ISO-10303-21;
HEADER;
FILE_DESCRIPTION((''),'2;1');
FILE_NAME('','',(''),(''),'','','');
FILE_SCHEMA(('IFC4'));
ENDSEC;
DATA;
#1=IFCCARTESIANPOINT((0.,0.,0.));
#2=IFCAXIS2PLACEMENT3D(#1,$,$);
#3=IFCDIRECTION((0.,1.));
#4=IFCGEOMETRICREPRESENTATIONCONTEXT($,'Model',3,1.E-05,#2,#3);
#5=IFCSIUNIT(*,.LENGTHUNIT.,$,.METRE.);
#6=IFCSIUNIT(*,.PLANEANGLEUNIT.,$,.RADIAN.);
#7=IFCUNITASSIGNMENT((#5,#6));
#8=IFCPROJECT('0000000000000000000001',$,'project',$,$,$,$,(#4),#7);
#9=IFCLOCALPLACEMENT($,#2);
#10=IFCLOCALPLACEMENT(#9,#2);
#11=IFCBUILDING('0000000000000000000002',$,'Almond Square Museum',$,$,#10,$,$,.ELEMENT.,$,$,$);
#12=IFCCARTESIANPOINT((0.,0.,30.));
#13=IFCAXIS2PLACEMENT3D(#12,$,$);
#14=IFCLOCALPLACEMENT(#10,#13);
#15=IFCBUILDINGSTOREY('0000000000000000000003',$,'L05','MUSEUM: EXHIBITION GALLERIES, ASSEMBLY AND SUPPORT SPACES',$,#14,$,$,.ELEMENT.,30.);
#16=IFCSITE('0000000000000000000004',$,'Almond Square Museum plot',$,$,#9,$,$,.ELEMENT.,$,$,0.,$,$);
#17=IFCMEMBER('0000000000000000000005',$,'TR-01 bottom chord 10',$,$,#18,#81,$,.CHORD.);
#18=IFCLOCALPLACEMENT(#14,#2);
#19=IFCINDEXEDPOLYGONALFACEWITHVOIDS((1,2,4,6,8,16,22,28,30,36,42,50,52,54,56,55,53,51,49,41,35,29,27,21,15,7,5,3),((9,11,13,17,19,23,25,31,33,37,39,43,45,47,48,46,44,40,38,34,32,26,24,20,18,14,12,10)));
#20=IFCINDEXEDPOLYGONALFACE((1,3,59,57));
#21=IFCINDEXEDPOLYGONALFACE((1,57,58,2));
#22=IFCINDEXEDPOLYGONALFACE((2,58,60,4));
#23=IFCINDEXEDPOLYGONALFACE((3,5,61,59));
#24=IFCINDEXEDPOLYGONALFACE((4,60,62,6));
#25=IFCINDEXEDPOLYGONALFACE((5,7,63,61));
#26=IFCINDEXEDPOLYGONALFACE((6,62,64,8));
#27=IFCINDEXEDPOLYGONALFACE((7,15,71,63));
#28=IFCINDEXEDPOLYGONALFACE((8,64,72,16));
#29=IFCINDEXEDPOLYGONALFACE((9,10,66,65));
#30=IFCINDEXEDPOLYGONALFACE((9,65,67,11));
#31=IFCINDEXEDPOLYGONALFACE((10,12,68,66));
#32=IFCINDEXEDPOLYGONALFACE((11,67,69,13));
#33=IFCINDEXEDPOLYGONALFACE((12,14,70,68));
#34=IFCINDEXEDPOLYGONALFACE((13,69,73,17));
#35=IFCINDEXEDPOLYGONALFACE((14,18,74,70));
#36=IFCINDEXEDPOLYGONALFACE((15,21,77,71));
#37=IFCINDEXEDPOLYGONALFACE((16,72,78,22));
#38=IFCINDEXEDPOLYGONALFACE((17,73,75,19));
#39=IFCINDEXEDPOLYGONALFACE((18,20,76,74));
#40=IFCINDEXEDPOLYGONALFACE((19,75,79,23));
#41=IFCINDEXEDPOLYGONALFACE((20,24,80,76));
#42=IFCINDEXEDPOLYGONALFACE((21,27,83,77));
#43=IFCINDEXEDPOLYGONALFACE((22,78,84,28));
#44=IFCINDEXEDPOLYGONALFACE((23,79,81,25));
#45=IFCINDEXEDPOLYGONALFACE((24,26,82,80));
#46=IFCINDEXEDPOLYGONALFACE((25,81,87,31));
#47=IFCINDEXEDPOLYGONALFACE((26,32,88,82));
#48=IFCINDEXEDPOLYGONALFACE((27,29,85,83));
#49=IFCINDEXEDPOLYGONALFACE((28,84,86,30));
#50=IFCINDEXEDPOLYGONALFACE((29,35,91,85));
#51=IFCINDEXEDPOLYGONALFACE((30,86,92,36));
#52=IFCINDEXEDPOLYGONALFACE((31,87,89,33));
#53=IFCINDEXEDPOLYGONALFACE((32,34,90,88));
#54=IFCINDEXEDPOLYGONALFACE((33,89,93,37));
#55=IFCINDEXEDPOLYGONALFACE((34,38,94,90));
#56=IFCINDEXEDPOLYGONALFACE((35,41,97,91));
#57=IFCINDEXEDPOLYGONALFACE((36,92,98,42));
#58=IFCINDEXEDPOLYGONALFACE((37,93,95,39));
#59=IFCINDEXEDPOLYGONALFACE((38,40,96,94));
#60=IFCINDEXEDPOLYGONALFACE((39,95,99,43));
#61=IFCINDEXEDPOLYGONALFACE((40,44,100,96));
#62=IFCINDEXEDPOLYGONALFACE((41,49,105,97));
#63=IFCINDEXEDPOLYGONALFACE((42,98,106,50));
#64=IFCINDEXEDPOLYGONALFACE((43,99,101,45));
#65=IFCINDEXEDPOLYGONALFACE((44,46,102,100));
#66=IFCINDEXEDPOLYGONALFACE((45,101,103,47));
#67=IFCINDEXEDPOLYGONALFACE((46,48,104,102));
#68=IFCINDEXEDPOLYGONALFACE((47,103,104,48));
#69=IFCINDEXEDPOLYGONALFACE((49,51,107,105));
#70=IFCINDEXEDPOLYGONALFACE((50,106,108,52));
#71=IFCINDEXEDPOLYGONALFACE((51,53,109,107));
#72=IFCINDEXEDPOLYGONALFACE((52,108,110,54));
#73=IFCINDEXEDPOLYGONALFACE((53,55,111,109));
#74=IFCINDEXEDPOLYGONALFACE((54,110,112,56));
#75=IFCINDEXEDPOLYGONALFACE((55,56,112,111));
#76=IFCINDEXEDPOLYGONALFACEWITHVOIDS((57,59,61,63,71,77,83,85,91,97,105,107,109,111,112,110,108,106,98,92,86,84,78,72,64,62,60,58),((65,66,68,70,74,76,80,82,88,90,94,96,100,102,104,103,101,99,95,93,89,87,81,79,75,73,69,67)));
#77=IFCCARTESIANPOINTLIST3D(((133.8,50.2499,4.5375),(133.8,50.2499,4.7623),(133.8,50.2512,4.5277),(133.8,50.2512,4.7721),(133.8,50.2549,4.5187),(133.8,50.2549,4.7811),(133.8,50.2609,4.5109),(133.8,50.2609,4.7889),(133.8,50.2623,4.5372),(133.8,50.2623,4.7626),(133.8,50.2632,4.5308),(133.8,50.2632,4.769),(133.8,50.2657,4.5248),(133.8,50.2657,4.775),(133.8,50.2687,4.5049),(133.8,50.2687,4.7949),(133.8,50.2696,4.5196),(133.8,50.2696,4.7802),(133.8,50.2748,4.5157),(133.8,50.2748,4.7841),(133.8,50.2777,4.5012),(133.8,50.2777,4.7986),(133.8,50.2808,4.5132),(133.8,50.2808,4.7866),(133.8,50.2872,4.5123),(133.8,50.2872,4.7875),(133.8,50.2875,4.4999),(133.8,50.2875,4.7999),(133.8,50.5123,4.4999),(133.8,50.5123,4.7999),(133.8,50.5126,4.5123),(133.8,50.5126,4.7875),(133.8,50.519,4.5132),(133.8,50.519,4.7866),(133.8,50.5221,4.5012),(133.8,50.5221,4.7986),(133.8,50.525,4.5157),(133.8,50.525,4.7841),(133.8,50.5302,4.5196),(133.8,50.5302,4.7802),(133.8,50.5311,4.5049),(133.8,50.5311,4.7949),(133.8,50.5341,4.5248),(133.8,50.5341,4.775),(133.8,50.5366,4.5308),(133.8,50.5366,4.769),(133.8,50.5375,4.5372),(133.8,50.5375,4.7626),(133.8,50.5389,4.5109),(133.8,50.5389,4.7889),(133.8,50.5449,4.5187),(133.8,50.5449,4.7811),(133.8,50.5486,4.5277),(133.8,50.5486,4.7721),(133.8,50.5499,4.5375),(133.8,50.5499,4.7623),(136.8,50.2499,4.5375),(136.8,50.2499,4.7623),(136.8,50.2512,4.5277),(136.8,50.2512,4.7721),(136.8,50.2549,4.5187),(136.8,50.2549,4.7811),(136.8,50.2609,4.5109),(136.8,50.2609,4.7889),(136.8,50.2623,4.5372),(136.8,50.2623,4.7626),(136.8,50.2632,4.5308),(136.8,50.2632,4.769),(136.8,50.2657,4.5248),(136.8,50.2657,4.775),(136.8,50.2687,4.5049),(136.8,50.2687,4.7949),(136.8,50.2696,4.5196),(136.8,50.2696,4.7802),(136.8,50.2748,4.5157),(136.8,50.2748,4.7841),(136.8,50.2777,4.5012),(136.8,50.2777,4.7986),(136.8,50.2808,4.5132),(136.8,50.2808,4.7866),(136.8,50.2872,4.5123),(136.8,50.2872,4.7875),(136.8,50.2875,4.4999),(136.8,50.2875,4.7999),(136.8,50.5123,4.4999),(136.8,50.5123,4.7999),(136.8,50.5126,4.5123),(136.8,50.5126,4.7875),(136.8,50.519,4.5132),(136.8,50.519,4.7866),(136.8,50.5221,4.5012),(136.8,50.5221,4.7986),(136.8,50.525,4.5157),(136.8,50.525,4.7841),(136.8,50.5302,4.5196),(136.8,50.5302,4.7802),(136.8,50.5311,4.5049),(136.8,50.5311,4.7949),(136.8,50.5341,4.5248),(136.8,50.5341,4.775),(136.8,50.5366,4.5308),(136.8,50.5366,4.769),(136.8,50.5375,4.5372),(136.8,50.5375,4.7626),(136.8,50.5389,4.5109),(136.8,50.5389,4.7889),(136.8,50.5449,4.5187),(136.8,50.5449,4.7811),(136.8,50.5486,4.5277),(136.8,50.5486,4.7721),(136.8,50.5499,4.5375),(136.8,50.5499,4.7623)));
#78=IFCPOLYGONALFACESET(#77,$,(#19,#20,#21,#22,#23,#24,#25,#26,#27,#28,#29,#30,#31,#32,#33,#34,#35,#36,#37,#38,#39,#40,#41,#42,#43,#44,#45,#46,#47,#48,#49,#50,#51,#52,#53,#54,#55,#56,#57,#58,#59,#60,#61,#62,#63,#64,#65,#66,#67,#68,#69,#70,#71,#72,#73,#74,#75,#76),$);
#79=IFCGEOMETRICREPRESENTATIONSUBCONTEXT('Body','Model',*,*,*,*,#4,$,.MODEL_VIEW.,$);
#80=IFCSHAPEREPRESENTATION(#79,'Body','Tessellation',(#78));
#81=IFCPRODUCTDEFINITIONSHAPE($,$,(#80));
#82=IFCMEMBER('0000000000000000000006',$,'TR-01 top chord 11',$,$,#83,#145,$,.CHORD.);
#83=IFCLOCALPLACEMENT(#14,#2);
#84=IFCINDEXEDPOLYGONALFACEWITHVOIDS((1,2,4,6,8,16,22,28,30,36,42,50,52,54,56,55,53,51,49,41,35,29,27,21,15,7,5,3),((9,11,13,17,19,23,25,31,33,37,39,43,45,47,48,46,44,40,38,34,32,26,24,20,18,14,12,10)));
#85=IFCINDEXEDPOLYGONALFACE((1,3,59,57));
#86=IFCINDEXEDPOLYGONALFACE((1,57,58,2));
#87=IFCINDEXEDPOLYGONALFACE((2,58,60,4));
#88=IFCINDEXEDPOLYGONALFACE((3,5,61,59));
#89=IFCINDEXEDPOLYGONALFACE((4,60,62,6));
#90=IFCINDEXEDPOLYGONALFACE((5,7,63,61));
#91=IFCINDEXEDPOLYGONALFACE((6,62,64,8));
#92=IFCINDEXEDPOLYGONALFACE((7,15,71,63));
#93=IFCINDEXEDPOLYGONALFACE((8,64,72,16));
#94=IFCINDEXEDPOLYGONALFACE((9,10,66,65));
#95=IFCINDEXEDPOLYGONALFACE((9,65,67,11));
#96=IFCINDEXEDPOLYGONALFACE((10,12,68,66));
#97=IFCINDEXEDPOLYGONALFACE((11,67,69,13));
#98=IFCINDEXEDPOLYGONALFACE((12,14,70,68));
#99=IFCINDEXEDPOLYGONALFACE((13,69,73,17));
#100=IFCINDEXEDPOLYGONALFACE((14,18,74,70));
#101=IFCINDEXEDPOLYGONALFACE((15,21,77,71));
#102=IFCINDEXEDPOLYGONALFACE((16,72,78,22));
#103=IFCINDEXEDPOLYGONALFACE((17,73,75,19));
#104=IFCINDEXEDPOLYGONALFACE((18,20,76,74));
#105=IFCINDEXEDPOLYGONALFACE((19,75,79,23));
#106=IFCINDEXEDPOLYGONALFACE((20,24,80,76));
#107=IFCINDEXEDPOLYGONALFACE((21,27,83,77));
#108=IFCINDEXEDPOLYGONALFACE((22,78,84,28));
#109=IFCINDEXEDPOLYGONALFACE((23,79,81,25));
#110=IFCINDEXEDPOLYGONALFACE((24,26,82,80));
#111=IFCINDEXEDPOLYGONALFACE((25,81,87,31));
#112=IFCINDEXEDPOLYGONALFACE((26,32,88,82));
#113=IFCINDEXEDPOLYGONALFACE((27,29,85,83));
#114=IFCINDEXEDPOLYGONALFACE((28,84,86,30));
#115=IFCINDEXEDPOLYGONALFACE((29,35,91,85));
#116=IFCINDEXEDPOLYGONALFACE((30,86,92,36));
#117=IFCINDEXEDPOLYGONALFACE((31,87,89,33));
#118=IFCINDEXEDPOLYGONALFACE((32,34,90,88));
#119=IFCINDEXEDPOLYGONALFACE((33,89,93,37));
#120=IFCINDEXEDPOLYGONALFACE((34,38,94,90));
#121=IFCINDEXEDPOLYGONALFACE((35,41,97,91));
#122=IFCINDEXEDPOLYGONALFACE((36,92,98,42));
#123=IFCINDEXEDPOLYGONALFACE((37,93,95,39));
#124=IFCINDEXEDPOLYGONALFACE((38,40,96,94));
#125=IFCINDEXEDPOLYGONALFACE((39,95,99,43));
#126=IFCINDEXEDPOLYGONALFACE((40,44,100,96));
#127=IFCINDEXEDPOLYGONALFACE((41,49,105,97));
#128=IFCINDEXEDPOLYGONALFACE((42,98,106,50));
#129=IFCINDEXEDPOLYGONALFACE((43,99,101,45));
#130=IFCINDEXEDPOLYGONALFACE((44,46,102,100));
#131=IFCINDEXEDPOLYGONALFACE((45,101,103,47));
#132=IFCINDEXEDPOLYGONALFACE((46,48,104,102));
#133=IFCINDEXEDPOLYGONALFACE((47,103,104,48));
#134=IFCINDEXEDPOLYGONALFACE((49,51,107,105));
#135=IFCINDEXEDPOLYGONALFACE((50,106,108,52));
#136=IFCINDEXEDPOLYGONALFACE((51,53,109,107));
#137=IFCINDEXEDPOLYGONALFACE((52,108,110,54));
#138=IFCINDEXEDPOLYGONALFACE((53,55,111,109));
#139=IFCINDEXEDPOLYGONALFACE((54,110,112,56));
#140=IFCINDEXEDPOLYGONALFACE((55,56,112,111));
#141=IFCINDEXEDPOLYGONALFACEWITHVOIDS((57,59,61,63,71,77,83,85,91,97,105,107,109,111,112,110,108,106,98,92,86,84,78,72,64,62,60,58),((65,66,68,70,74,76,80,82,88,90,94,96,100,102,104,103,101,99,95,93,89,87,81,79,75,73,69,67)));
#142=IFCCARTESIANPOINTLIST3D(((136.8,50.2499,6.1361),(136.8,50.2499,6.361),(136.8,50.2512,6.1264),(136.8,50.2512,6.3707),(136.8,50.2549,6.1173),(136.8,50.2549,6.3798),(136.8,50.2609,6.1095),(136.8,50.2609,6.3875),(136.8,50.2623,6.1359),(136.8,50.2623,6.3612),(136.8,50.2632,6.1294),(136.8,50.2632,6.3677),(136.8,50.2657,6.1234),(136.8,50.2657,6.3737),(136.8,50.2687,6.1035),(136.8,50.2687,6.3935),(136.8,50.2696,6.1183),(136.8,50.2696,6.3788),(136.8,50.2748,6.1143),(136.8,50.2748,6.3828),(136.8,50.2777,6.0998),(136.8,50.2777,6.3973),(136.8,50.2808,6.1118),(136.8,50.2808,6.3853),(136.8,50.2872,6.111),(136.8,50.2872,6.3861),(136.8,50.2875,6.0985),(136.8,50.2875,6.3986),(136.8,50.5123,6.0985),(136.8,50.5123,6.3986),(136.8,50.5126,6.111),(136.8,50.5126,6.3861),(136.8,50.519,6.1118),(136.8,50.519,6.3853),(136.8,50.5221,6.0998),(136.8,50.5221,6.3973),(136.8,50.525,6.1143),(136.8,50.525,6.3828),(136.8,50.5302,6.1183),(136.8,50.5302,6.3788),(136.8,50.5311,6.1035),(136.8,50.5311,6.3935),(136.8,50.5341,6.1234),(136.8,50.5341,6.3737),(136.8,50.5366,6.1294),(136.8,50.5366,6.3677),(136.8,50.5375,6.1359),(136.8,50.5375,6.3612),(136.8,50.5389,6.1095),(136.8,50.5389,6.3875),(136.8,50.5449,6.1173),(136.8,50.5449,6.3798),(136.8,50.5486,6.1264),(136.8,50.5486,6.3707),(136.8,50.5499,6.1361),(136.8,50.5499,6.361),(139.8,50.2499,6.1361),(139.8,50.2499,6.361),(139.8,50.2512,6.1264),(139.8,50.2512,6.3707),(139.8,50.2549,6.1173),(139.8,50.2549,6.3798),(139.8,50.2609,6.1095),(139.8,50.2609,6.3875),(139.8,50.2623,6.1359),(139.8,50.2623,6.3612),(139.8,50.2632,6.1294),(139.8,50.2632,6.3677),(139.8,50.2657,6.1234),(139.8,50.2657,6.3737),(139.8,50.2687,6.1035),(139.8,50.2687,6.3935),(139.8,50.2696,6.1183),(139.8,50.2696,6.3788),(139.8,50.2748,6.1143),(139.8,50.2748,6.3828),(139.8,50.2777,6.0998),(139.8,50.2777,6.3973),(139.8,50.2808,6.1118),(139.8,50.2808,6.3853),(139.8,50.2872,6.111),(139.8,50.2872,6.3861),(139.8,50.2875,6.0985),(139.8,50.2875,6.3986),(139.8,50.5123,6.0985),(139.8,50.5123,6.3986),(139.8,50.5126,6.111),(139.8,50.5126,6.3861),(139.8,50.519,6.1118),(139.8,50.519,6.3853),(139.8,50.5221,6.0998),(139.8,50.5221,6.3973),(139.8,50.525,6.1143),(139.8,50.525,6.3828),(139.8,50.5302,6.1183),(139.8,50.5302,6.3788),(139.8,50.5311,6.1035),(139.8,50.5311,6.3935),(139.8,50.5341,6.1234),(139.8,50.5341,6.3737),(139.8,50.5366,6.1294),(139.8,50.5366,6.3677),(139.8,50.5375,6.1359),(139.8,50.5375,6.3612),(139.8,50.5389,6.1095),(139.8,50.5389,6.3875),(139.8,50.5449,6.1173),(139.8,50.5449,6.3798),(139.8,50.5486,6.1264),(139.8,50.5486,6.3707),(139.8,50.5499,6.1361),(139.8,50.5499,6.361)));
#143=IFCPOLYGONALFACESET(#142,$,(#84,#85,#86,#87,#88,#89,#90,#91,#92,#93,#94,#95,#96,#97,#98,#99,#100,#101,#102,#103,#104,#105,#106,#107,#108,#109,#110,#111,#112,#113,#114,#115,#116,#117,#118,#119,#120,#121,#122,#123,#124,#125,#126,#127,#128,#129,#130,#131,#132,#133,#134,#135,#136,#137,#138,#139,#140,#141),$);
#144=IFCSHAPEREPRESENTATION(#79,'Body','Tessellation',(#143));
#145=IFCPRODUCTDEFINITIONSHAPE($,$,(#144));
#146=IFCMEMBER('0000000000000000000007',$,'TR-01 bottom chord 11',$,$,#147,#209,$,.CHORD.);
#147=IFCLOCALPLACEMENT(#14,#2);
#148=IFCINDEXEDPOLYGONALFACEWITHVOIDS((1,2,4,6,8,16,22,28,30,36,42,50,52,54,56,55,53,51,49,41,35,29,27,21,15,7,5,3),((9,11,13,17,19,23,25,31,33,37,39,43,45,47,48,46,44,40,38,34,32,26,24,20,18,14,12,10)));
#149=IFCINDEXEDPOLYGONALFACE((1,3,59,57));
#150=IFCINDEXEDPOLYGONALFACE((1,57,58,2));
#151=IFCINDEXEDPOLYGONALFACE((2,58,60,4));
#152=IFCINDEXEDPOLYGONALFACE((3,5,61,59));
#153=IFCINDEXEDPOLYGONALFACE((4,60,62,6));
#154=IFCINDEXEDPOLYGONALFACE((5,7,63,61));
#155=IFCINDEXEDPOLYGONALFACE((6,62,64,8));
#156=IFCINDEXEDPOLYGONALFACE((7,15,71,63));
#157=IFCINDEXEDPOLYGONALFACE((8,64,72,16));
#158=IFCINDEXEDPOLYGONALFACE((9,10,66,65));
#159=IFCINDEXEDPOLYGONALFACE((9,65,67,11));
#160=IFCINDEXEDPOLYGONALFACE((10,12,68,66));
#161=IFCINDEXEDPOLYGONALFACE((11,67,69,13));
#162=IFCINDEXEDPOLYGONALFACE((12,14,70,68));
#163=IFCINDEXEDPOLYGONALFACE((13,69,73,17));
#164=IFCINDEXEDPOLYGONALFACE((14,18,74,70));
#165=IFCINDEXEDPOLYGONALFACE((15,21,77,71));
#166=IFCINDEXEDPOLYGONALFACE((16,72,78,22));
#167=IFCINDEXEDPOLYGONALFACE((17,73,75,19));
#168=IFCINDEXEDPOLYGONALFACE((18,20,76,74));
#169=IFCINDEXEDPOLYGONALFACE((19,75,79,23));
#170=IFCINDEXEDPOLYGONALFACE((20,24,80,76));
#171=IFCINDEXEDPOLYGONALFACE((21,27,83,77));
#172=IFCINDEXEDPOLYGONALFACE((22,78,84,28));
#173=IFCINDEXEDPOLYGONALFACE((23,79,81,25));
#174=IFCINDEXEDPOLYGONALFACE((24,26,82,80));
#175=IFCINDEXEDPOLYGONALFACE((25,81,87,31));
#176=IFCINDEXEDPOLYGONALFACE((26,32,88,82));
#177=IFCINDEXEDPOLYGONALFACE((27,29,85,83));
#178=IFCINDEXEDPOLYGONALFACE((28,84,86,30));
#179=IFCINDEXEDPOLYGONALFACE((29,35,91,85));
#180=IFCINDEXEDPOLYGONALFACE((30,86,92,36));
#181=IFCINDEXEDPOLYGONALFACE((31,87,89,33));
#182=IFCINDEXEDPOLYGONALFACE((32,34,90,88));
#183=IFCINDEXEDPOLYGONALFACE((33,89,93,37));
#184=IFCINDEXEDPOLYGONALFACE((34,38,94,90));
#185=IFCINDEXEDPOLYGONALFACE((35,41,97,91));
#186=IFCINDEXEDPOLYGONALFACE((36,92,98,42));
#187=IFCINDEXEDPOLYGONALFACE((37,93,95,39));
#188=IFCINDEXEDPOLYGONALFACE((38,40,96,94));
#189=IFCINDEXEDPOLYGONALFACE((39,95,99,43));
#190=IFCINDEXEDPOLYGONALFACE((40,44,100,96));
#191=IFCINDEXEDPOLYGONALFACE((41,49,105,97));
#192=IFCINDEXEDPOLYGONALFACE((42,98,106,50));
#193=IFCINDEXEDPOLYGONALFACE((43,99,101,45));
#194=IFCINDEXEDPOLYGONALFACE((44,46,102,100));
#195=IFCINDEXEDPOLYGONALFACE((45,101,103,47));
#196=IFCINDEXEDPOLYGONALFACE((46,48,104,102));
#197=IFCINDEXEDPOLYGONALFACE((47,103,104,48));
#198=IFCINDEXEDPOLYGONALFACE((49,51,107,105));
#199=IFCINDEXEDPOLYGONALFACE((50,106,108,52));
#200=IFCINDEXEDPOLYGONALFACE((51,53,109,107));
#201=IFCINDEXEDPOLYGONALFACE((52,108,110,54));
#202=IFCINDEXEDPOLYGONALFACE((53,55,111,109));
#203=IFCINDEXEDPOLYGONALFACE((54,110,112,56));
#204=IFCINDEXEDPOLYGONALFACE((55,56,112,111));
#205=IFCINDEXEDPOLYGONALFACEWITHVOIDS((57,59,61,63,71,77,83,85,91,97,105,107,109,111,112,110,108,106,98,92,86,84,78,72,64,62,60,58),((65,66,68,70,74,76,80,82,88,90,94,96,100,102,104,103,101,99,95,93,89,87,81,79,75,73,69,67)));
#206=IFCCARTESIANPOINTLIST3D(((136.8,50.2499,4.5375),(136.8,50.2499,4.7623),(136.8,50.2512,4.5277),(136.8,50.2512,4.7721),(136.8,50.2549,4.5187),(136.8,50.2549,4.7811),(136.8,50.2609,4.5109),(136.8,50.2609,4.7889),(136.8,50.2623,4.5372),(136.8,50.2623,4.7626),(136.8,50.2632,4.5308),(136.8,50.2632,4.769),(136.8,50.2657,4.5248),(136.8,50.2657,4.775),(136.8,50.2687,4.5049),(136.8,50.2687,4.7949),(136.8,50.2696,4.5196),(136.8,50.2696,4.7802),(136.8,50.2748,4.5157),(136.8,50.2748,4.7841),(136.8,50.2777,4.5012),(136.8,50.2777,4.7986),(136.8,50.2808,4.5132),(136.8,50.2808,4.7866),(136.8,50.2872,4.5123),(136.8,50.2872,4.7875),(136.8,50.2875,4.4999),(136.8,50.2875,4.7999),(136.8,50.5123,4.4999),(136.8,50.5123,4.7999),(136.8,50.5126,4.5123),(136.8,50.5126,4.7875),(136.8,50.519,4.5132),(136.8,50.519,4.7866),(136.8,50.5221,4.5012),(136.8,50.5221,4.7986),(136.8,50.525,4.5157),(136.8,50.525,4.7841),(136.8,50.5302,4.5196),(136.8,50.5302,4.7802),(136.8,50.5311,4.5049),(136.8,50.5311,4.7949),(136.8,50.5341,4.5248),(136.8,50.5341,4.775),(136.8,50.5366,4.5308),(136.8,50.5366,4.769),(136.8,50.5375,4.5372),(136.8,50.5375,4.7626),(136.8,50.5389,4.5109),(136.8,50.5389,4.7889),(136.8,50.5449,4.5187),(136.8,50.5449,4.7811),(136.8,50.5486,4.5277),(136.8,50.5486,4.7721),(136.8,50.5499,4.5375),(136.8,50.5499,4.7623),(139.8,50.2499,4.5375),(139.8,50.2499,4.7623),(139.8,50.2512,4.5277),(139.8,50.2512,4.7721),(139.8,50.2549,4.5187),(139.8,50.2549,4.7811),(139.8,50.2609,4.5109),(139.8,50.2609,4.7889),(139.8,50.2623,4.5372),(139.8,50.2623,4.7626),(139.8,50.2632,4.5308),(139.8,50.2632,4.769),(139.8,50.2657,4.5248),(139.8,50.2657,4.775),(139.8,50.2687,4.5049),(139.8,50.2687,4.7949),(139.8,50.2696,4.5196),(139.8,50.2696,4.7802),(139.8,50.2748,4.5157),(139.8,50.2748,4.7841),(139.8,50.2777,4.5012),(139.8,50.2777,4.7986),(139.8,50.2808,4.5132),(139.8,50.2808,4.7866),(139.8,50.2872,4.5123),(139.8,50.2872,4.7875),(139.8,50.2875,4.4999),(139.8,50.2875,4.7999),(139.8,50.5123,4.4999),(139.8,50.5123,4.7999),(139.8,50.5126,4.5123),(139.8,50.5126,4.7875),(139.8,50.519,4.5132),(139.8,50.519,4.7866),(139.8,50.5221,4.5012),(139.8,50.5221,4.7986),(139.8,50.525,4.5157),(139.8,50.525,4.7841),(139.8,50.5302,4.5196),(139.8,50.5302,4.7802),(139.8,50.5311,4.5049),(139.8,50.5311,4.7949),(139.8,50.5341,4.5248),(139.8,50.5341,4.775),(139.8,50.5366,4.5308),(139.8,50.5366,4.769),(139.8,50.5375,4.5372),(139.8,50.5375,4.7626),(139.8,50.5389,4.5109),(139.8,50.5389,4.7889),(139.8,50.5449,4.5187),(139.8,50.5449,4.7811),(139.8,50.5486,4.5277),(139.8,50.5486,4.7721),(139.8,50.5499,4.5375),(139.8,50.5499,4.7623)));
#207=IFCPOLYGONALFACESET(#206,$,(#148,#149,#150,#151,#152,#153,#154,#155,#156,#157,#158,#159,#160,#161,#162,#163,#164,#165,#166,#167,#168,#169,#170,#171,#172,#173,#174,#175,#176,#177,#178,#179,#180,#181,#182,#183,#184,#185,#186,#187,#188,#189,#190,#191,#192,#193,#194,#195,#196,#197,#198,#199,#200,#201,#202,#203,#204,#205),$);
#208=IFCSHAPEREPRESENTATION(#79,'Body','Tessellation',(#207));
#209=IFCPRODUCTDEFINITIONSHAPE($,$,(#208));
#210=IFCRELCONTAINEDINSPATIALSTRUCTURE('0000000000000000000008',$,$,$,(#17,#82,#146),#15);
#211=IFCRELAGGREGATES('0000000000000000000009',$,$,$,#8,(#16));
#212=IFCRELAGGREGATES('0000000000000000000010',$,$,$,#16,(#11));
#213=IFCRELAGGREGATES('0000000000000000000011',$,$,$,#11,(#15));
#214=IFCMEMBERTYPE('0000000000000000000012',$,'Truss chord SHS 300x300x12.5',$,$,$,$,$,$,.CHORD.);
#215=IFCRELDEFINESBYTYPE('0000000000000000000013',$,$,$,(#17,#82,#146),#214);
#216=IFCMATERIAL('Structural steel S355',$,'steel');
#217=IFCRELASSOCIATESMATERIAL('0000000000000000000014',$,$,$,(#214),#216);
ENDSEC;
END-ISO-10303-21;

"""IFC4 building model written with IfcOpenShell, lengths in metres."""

from ifc_helpers import new_model, si_unit, direction, frame, origin, origin_2d, place, context, subcontext, project, spatial, hollow_rectangle, extrude, material, material_profile, profile_set, type_object, element, save


model = new_model("IFC4")

# Units and contexts
model_context = context("Model", 3, precision=1e-05, world=origin(), true_north=direction((0.0, 1.0)))
body_context = subcontext(model_context, "Body", "Model", "MODEL_VIEW")
ifc_project = project(units=[si_unit("LENGTHUNIT", "METRE"), si_unit("PLANEANGLEUNIT", "RADIAN")], contexts=[model_context])

# Site, building, storey
site_placement = place(None, origin())
site = spatial("IfcSite", under=ifc_project, at=site_placement, Name="Almond Square Museum plot", CompositionType="ELEMENT", RefElevation=0.0)
building_placement = place(site_placement, origin())
building = spatial("IfcBuilding", under=site, at=building_placement, Name="Almond Square Museum", CompositionType="ELEMENT")
storey_placement = place(building_placement, frame((0.0, 0.0, 30.0)))
storey = spatial("IfcBuildingStorey", under=building, at=storey_placement, Name="L05", Description="MUSEUM: EXHIBITION GALLERIES, ASSEMBLY AND SUPPORT SPACES", CompositionType="ELEMENT", Elevation=30.0)

# Members
ifc_material_1 = material(Name="Structural steel S355", Category="steel")
ifc_material_profile_1 = material_profile(ifc_material_1, hollow_rectangle(XDim=0.3, YDim=0.3, WallThickness=0.0125, InnerFilletRadius=0.0249, OuterFilletRadius=0.0376, at=origin_2d()))
ifc_profile_set_1 = profile_set([ifc_material_profile_1], Name="Structural steel S355")
member_type_1 = type_object("IfcMemberType", Name="Truss chord SHS 300x300x12.5", PredefinedType="CHORD", material=ifc_profile_set_1)
for number, where, z_axis, x_axis, name in (
    (1, (133.8, 50.3999, 4.6499), (1.0, 0.0, 0.0), (0.0, 1.0, 0.0), "TR-01 bottom chord 10"),
    (2, (136.8, 50.3999, 6.2485), (1.0, 0.0, 0.0), (0.0, 1.0, 0.0), "TR-01 top chord 11"),
    (3, (136.8, 50.3999, 4.6499), (1.0, 0.0, 0.0), (0.0, 1.0, 0.0), "TR-01 bottom chord 11"),
):
    element("IfcMember", number, at=place(storey_placement, frame(where, z_axis=z_axis, x_axis=x_axis)), inside=storey, type_object=member_type_1, Name=name, PredefinedType="CHORD", context=body_context, shape_type="SweptSolid", body=[
        extrude(hollow_rectangle(XDim=0.3, YDim=0.3, WallThickness=0.0125, InnerFilletRadius=0.0249, OuterFilletRadius=0.0376, at=origin_2d()), origin(), (0.0, 0.0, 1.0), 3.0),
    ])

save(model, "model.ifc")
